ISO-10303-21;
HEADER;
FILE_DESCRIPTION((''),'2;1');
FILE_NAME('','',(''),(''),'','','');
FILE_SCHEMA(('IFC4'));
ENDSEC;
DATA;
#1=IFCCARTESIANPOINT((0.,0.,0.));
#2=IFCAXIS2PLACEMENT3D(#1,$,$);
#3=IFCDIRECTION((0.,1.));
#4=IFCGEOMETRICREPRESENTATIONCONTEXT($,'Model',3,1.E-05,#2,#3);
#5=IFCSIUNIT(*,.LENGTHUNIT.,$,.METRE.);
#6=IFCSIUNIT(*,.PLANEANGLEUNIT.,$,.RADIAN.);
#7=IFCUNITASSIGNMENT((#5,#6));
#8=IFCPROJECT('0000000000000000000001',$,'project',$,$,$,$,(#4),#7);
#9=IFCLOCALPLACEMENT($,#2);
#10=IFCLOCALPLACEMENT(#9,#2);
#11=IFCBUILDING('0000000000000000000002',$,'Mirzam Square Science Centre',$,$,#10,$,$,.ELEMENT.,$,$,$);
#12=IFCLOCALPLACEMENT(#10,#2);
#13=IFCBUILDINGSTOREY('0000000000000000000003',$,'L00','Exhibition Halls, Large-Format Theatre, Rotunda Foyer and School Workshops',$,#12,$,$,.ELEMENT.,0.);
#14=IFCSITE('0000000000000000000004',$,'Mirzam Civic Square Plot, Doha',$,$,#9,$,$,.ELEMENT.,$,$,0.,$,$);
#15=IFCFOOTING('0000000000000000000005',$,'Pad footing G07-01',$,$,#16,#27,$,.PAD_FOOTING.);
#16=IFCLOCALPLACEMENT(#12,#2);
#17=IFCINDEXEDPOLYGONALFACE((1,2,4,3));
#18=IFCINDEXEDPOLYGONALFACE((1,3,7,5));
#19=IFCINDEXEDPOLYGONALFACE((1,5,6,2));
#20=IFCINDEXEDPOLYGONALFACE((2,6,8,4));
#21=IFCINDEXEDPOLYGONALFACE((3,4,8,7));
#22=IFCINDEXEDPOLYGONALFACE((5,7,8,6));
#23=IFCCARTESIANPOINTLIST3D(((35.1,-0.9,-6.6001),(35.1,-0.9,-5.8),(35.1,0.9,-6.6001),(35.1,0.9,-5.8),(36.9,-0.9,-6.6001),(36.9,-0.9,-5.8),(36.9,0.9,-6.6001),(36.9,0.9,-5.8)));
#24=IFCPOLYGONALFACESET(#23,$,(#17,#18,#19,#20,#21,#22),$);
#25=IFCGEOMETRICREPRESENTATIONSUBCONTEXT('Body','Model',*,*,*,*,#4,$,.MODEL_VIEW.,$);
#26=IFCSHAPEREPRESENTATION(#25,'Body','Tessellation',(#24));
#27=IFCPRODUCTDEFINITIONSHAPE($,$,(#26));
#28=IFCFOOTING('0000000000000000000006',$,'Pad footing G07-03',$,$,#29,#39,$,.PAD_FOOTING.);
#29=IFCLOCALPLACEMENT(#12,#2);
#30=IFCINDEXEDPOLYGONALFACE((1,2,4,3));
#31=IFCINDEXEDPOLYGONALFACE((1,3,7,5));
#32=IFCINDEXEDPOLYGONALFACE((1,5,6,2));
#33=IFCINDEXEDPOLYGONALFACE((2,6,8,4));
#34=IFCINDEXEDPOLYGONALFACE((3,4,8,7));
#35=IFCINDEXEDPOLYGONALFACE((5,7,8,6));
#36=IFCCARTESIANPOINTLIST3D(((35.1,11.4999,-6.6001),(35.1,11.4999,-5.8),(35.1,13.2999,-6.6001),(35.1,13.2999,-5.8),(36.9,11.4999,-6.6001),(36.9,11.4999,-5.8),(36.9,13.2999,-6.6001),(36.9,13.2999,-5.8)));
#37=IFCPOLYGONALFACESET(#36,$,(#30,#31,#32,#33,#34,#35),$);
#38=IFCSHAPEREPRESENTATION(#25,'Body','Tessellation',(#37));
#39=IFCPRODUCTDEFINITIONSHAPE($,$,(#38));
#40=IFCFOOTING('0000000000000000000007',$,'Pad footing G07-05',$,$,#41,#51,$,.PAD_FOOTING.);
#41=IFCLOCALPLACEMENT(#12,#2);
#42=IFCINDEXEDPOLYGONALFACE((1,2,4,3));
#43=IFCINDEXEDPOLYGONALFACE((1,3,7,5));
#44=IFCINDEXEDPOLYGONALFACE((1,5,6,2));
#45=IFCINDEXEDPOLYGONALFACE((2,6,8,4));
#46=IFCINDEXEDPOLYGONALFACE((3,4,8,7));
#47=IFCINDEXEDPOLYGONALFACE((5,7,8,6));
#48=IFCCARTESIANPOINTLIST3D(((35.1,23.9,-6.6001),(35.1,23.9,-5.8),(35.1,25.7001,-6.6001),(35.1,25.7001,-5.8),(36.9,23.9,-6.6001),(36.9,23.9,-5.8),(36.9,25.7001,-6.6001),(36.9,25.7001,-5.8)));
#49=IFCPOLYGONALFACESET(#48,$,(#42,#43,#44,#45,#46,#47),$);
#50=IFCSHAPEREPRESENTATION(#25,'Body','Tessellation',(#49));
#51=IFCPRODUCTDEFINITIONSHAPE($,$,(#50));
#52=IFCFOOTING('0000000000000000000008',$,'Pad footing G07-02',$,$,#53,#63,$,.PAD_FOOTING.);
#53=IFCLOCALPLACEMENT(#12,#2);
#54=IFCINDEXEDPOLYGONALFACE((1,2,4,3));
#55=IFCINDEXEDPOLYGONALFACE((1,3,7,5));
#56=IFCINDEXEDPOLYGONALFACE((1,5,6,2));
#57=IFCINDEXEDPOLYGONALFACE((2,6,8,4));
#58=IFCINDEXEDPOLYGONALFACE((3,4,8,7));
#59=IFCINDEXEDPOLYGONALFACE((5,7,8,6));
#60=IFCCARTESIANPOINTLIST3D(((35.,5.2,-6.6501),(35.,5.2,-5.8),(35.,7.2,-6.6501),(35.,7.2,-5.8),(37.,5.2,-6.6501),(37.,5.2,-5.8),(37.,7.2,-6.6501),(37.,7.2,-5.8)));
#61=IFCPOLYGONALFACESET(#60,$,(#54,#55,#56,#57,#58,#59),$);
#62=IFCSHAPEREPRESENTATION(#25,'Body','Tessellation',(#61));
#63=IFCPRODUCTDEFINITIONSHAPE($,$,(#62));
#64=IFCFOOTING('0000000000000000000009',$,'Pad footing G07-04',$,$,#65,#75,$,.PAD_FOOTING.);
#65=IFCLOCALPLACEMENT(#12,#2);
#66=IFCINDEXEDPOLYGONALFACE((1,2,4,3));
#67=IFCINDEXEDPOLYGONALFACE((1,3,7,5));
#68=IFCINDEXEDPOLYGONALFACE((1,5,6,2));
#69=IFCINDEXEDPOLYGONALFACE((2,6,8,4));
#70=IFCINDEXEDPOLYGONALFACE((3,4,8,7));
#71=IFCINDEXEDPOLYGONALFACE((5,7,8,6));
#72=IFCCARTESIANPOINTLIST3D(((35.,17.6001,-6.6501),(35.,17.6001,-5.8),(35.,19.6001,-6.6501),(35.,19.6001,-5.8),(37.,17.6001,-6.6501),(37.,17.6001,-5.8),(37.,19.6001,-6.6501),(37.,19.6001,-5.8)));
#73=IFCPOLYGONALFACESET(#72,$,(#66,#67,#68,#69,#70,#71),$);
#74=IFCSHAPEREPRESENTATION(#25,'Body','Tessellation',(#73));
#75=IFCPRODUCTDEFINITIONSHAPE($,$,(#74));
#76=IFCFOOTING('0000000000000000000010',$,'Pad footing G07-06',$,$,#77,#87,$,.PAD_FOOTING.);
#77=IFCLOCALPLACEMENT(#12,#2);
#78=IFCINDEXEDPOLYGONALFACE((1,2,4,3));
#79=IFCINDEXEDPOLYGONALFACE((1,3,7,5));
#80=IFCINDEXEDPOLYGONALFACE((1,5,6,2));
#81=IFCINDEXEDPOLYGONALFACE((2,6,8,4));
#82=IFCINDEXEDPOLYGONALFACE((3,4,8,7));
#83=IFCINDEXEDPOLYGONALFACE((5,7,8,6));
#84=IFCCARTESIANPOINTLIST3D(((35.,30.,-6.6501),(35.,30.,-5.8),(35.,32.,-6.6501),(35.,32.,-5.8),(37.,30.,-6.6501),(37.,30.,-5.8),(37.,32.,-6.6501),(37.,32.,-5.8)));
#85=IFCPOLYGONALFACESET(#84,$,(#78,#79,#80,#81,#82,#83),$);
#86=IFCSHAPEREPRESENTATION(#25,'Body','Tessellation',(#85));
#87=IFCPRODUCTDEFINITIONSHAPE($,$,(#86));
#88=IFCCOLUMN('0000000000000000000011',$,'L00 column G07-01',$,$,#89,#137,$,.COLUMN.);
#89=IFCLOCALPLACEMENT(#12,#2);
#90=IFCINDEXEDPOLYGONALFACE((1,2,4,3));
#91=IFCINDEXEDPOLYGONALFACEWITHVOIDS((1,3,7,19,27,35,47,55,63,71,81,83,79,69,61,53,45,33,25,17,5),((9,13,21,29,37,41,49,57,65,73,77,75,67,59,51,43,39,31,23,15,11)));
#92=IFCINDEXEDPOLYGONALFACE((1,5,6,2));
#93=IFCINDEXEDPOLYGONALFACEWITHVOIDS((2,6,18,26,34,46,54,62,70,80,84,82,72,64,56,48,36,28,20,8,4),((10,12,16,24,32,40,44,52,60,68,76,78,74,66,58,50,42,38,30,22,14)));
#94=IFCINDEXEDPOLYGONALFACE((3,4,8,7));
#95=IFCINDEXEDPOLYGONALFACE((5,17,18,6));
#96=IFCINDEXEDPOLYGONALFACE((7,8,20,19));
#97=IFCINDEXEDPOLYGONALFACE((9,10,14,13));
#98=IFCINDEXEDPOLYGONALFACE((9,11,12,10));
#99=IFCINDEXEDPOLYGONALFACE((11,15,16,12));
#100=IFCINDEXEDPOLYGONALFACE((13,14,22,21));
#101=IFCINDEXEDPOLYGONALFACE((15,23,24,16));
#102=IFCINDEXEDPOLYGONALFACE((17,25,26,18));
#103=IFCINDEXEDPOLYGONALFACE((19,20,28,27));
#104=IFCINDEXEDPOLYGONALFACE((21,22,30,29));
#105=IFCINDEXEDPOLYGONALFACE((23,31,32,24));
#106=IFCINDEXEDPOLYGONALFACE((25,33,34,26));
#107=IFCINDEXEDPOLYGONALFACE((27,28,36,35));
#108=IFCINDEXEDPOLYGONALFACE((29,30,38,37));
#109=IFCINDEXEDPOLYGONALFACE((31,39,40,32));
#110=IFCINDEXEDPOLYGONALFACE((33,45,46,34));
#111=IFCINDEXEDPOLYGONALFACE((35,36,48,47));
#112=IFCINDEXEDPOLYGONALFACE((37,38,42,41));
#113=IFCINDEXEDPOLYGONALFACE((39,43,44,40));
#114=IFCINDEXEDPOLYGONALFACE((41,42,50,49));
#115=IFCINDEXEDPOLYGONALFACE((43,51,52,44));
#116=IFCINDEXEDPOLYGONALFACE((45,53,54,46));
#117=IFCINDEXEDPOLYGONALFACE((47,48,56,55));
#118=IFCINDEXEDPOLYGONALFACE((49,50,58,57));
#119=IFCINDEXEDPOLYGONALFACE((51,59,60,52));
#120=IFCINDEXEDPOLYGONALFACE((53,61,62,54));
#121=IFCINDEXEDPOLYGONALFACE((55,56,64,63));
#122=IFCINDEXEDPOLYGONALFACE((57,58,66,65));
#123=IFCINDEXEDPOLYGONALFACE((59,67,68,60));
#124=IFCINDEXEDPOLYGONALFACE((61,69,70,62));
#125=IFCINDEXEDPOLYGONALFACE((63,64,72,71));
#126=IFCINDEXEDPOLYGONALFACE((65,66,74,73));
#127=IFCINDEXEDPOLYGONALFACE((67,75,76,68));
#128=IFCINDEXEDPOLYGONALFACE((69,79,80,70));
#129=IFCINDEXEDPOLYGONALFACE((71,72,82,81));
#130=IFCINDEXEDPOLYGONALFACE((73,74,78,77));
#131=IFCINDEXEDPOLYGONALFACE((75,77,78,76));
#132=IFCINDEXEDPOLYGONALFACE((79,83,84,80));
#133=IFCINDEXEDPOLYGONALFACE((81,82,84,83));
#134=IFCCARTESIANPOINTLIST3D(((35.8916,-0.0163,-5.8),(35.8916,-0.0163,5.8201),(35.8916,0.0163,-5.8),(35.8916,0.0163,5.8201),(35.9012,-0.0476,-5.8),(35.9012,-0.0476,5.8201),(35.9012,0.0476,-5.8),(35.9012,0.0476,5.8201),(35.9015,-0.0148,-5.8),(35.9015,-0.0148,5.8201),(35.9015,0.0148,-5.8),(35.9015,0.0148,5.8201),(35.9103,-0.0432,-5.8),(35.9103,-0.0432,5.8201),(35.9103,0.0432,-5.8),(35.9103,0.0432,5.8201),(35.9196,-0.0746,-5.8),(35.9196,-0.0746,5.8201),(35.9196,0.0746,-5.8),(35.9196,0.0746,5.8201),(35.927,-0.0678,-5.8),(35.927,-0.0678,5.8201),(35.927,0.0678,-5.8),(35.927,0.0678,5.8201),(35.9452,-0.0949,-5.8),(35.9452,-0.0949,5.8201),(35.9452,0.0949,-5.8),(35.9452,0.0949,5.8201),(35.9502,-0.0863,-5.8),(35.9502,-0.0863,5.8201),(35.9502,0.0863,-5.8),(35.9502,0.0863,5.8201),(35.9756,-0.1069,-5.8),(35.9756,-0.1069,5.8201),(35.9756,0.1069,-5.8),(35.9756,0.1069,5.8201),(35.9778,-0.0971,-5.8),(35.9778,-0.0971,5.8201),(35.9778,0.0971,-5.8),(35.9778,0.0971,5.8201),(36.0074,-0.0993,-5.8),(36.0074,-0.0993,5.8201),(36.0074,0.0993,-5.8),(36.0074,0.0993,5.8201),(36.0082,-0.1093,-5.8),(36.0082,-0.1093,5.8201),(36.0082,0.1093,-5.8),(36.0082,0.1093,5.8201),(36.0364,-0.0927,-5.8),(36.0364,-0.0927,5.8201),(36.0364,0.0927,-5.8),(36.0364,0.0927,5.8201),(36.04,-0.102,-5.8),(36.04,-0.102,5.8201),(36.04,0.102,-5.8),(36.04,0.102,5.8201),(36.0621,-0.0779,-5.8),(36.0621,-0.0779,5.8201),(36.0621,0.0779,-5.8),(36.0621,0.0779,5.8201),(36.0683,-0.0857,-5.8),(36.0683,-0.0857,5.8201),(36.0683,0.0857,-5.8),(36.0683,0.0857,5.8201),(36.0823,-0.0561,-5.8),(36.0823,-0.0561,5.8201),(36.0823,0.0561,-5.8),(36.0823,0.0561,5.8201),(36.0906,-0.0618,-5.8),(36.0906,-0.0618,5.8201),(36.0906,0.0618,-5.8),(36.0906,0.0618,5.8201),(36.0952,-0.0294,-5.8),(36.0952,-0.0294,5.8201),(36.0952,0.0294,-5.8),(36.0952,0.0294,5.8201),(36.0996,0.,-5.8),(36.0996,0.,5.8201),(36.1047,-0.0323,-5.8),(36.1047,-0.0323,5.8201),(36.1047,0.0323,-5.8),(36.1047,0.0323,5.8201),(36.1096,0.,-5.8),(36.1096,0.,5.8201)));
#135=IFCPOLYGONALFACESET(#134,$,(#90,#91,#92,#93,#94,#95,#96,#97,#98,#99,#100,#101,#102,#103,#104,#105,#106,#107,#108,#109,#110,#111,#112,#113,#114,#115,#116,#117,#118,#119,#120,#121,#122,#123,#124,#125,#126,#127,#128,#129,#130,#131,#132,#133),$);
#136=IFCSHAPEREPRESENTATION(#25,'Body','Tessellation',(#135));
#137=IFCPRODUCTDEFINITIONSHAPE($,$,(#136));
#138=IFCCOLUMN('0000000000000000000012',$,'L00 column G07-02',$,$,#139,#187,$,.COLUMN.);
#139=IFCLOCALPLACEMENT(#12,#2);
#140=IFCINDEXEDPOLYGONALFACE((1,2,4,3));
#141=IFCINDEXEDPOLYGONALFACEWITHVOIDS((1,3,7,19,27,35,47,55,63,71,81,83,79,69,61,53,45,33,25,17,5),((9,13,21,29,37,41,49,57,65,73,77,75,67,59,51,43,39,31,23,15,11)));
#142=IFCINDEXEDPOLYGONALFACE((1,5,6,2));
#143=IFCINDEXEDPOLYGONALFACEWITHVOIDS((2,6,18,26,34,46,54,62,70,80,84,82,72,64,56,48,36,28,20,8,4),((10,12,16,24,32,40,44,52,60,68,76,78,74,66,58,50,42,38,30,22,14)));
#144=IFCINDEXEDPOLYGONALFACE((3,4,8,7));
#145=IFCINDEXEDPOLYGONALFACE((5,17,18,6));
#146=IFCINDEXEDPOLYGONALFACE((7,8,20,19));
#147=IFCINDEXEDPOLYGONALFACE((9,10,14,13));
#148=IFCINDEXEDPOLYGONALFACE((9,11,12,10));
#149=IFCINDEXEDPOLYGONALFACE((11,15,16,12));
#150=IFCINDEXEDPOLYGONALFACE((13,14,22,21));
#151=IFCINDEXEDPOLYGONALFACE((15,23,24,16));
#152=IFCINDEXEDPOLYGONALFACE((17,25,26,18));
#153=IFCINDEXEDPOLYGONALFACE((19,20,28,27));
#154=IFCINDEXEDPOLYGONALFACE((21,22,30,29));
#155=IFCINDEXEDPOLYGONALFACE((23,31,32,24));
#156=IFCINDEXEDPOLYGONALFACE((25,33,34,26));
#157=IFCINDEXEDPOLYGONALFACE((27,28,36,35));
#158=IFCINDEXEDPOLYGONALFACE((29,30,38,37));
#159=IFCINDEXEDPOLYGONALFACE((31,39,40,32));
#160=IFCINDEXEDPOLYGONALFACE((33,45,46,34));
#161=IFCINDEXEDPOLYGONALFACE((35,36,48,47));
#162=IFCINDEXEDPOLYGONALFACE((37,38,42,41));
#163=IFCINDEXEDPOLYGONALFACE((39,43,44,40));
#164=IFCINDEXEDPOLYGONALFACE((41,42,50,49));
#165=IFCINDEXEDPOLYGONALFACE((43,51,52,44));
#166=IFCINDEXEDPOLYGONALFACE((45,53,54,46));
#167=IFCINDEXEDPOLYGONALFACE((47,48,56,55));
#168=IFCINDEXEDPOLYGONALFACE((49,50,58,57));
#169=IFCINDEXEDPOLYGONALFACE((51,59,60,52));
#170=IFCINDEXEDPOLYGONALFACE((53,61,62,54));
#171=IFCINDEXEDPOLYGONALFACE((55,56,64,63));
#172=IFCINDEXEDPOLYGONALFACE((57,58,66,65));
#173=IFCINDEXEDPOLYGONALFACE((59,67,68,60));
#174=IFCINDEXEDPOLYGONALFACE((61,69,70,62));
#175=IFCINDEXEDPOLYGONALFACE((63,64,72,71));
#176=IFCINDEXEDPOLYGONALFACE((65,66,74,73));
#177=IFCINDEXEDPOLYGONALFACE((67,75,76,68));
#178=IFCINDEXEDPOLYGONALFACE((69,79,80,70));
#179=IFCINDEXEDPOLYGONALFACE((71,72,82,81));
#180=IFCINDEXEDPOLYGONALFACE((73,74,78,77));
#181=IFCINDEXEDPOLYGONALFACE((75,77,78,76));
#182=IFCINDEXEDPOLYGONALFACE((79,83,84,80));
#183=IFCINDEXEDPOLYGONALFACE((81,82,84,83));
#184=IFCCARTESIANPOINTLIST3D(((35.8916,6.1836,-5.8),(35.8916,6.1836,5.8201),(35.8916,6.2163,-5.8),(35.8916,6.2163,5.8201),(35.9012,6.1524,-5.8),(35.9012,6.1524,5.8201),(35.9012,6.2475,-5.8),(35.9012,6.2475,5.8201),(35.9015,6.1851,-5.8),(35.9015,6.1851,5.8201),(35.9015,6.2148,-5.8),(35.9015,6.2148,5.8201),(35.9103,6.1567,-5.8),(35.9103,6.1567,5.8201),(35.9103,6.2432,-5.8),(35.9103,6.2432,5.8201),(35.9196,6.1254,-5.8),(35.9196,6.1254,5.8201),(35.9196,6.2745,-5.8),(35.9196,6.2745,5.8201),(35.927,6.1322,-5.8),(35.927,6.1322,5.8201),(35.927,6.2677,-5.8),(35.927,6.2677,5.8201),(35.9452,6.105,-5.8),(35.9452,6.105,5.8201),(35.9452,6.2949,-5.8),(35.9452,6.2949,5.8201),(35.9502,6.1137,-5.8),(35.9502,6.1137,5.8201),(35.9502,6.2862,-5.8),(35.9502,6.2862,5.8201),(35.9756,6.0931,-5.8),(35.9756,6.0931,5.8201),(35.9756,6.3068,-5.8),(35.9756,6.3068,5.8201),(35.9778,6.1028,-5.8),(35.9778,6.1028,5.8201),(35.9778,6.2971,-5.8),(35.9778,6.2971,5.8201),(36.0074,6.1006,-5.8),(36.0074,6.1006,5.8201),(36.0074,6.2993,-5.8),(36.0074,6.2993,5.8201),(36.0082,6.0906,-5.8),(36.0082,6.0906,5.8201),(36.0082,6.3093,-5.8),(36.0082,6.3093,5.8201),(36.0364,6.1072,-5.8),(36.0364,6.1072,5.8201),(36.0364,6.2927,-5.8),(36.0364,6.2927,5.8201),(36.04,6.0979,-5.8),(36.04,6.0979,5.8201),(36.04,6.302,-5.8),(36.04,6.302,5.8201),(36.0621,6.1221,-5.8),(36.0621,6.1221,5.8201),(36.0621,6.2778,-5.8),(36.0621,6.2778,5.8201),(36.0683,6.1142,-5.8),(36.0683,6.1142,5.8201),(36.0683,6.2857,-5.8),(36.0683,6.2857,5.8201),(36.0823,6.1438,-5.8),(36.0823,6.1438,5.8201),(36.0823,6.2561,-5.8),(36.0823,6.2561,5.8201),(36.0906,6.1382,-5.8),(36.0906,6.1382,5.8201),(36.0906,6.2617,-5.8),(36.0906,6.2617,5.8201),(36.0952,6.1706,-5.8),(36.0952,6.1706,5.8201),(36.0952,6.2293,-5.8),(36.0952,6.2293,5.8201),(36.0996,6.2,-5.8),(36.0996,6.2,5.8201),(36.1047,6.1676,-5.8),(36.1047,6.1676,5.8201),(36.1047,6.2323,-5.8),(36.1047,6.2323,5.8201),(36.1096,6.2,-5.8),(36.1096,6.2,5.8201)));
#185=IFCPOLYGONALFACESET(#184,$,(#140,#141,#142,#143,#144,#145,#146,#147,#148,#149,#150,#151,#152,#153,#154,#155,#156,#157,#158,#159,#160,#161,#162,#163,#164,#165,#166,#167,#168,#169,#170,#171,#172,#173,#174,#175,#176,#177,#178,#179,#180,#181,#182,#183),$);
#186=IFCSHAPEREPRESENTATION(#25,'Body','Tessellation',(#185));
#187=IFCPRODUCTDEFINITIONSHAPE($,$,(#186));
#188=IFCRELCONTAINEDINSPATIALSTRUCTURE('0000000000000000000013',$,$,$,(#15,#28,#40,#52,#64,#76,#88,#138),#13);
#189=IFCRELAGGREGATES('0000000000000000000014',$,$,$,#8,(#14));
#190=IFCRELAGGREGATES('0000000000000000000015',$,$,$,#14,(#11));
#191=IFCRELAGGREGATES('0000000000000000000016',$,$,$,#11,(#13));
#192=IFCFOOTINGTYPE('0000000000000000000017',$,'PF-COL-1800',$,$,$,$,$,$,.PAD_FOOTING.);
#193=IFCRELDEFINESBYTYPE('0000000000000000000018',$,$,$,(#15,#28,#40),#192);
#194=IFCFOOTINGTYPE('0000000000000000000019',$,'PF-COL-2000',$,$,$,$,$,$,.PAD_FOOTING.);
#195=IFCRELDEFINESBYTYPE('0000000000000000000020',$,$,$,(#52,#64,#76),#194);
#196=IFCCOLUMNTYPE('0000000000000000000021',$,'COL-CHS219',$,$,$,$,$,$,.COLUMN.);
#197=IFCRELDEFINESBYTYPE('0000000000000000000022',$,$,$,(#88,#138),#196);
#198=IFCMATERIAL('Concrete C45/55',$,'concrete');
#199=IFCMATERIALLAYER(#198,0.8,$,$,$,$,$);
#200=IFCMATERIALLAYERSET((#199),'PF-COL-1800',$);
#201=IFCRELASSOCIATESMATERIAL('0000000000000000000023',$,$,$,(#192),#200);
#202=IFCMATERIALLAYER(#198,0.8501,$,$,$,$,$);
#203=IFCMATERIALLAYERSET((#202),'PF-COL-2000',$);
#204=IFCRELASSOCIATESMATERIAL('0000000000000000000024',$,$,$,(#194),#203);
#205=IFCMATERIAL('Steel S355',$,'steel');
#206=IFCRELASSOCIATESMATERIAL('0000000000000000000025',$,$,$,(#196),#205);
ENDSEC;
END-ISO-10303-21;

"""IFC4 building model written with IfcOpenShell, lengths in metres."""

from ifc_helpers import new_model, si_unit, direction, frame, origin, origin_2d, place, context, subcontext, project, spatial, rectangle, hollow_circle, extrude, material, layer, layer_set, material_profile, profile_set, type_object, element, save


model = new_model("IFC4")

# Units and contexts
model_context = context("Model", 3, precision=1e-05, world=origin(), true_north=direction((0.0, 1.0)))
body_context = subcontext(model_context, "Body", "Model", "MODEL_VIEW")
ifc_project = project(units=[si_unit("LENGTHUNIT", "METRE"), si_unit("PLANEANGLEUNIT", "RADIAN")], contexts=[model_context])

# Site, building, storey
site_placement = place(None, origin())
site = spatial("IfcSite", under=ifc_project, at=site_placement, Name="Mirzam Civic Square Plot, Doha", CompositionType="ELEMENT", RefElevation=0.0)
building_placement = place(site_placement, origin())
building = spatial("IfcBuilding", under=site, at=building_placement, Name="Mirzam Square Science Centre", CompositionType="ELEMENT")
storey_placement = place(building_placement, origin())
storey = spatial("IfcBuildingStorey", under=building, at=storey_placement, Name="L00", Description="Exhibition Halls, Large-Format Theatre, Rotunda Foyer and School Workshops", CompositionType="ELEMENT", Elevation=0.0)

# Footings
ifc_material_1 = material(Name="Concrete C45/55", Category="concrete")
ifc_layer_1 = layer(ifc_material_1, 0.8)
ifc_layer_set_1 = layer_set([ifc_layer_1], Name="PF-COL-1800")
footing_type_1 = type_object("IfcFootingType", Name="PF-COL-1800", PredefinedType="PAD_FOOTING", material=ifc_layer_set_1)
for number, where, z_axis, x_axis, name in (
    (1, (36.0, 0.0, -6.6001), (0.0, 0.0, 1.0), (1.0, 0.0, 0.0), "Pad footing G07-01"),
    (2, (36.0, 12.3999, -6.6001), (0.0, 0.0, 1.0), (1.0, 0.0, 0.0), "Pad footing G07-03"),
    (3, (36.0, 24.8, -6.6001), (0.0, 0.0, 1.0), (1.0, 0.0, 0.0), "Pad footing G07-05"),
):
    element("IfcFooting", number, at=place(storey_placement, frame(where, z_axis=z_axis, x_axis=x_axis)), inside=storey, type_object=footing_type_1, Name=name, PredefinedType="PAD_FOOTING", context=body_context, shape_type="SweptSolid", body=[
        extrude(rectangle(XDim=1.8, YDim=1.8, at=origin_2d()), origin(), (0.0, 0.0, 1.0), 0.8),
    ])
ifc_layer_2 = layer(ifc_material_1, 0.8501)
ifc_layer_set_2 = layer_set([ifc_layer_2], Name="PF-COL-2000")
footing_type_2 = type_object("IfcFootingType", Name="PF-COL-2000", PredefinedType="PAD_FOOTING", material=ifc_layer_set_2)
for number, where, z_axis, x_axis, name in (
    (4, (36.0, 6.2, -6.6501), (0.0, 0.0, 1.0), (1.0, 0.0, 0.0), "Pad footing G07-02"),
    (5, (36.0, 18.6001, -6.6501), (0.0, 0.0, 1.0), (1.0, 0.0, 0.0), "Pad footing G07-04"),
    (6, (36.0, 31.0, -6.6501), (0.0, 0.0, 1.0), (1.0, 0.0, 0.0), "Pad footing G07-06"),
):
    element("IfcFooting", number, at=place(storey_placement, frame(where, z_axis=z_axis, x_axis=x_axis)), inside=storey, type_object=footing_type_2, Name=name, PredefinedType="PAD_FOOTING", context=body_context, shape_type="SweptSolid", body=[
        extrude(rectangle(XDim=2.0, YDim=2.0, at=origin_2d()), origin(), (0.0, 0.0, 1.0), 0.8501),
    ])

# Columns
ifc_material_2 = material(Name="Steel S355", Category="steel")
ifc_material_profile_1 = material_profile(ifc_material_2, hollow_circle(Radius=0.1096, WallThickness=0.01, at=origin_2d()), Name="219.1x10.0CHS")
ifc_profile_set_1 = profile_set([ifc_material_profile_1], Name="Steel S355")
column_type = type_object("IfcColumnType", Name="COL-CHS219", PredefinedType="COLUMN", material=ifc_profile_set_1)
for number, where, z_axis, x_axis, name in (
    (7, (36.0, 0.0, -5.8), (0.0, 0.0, 1.0), (1.0, 0.0, 0.0), "L00 column G07-01"),
    (8, (36.0, 6.2, -5.8), (0.0, 0.0, 1.0), (1.0, 0.0, 0.0), "L00 column G07-02"),
):
    element("IfcColumn", number, at=place(storey_placement, frame(where, z_axis=z_axis, x_axis=x_axis)), inside=storey, type_object=column_type, Name=name, PredefinedType="COLUMN", context=body_context, shape_type="SweptSolid", body=[
        extrude(hollow_circle(Radius=0.1096, WallThickness=0.01, at=origin_2d()), origin(), (0.0, 0.0, 1.0), 11.6201),
    ])

save(model, "model.ifc")
